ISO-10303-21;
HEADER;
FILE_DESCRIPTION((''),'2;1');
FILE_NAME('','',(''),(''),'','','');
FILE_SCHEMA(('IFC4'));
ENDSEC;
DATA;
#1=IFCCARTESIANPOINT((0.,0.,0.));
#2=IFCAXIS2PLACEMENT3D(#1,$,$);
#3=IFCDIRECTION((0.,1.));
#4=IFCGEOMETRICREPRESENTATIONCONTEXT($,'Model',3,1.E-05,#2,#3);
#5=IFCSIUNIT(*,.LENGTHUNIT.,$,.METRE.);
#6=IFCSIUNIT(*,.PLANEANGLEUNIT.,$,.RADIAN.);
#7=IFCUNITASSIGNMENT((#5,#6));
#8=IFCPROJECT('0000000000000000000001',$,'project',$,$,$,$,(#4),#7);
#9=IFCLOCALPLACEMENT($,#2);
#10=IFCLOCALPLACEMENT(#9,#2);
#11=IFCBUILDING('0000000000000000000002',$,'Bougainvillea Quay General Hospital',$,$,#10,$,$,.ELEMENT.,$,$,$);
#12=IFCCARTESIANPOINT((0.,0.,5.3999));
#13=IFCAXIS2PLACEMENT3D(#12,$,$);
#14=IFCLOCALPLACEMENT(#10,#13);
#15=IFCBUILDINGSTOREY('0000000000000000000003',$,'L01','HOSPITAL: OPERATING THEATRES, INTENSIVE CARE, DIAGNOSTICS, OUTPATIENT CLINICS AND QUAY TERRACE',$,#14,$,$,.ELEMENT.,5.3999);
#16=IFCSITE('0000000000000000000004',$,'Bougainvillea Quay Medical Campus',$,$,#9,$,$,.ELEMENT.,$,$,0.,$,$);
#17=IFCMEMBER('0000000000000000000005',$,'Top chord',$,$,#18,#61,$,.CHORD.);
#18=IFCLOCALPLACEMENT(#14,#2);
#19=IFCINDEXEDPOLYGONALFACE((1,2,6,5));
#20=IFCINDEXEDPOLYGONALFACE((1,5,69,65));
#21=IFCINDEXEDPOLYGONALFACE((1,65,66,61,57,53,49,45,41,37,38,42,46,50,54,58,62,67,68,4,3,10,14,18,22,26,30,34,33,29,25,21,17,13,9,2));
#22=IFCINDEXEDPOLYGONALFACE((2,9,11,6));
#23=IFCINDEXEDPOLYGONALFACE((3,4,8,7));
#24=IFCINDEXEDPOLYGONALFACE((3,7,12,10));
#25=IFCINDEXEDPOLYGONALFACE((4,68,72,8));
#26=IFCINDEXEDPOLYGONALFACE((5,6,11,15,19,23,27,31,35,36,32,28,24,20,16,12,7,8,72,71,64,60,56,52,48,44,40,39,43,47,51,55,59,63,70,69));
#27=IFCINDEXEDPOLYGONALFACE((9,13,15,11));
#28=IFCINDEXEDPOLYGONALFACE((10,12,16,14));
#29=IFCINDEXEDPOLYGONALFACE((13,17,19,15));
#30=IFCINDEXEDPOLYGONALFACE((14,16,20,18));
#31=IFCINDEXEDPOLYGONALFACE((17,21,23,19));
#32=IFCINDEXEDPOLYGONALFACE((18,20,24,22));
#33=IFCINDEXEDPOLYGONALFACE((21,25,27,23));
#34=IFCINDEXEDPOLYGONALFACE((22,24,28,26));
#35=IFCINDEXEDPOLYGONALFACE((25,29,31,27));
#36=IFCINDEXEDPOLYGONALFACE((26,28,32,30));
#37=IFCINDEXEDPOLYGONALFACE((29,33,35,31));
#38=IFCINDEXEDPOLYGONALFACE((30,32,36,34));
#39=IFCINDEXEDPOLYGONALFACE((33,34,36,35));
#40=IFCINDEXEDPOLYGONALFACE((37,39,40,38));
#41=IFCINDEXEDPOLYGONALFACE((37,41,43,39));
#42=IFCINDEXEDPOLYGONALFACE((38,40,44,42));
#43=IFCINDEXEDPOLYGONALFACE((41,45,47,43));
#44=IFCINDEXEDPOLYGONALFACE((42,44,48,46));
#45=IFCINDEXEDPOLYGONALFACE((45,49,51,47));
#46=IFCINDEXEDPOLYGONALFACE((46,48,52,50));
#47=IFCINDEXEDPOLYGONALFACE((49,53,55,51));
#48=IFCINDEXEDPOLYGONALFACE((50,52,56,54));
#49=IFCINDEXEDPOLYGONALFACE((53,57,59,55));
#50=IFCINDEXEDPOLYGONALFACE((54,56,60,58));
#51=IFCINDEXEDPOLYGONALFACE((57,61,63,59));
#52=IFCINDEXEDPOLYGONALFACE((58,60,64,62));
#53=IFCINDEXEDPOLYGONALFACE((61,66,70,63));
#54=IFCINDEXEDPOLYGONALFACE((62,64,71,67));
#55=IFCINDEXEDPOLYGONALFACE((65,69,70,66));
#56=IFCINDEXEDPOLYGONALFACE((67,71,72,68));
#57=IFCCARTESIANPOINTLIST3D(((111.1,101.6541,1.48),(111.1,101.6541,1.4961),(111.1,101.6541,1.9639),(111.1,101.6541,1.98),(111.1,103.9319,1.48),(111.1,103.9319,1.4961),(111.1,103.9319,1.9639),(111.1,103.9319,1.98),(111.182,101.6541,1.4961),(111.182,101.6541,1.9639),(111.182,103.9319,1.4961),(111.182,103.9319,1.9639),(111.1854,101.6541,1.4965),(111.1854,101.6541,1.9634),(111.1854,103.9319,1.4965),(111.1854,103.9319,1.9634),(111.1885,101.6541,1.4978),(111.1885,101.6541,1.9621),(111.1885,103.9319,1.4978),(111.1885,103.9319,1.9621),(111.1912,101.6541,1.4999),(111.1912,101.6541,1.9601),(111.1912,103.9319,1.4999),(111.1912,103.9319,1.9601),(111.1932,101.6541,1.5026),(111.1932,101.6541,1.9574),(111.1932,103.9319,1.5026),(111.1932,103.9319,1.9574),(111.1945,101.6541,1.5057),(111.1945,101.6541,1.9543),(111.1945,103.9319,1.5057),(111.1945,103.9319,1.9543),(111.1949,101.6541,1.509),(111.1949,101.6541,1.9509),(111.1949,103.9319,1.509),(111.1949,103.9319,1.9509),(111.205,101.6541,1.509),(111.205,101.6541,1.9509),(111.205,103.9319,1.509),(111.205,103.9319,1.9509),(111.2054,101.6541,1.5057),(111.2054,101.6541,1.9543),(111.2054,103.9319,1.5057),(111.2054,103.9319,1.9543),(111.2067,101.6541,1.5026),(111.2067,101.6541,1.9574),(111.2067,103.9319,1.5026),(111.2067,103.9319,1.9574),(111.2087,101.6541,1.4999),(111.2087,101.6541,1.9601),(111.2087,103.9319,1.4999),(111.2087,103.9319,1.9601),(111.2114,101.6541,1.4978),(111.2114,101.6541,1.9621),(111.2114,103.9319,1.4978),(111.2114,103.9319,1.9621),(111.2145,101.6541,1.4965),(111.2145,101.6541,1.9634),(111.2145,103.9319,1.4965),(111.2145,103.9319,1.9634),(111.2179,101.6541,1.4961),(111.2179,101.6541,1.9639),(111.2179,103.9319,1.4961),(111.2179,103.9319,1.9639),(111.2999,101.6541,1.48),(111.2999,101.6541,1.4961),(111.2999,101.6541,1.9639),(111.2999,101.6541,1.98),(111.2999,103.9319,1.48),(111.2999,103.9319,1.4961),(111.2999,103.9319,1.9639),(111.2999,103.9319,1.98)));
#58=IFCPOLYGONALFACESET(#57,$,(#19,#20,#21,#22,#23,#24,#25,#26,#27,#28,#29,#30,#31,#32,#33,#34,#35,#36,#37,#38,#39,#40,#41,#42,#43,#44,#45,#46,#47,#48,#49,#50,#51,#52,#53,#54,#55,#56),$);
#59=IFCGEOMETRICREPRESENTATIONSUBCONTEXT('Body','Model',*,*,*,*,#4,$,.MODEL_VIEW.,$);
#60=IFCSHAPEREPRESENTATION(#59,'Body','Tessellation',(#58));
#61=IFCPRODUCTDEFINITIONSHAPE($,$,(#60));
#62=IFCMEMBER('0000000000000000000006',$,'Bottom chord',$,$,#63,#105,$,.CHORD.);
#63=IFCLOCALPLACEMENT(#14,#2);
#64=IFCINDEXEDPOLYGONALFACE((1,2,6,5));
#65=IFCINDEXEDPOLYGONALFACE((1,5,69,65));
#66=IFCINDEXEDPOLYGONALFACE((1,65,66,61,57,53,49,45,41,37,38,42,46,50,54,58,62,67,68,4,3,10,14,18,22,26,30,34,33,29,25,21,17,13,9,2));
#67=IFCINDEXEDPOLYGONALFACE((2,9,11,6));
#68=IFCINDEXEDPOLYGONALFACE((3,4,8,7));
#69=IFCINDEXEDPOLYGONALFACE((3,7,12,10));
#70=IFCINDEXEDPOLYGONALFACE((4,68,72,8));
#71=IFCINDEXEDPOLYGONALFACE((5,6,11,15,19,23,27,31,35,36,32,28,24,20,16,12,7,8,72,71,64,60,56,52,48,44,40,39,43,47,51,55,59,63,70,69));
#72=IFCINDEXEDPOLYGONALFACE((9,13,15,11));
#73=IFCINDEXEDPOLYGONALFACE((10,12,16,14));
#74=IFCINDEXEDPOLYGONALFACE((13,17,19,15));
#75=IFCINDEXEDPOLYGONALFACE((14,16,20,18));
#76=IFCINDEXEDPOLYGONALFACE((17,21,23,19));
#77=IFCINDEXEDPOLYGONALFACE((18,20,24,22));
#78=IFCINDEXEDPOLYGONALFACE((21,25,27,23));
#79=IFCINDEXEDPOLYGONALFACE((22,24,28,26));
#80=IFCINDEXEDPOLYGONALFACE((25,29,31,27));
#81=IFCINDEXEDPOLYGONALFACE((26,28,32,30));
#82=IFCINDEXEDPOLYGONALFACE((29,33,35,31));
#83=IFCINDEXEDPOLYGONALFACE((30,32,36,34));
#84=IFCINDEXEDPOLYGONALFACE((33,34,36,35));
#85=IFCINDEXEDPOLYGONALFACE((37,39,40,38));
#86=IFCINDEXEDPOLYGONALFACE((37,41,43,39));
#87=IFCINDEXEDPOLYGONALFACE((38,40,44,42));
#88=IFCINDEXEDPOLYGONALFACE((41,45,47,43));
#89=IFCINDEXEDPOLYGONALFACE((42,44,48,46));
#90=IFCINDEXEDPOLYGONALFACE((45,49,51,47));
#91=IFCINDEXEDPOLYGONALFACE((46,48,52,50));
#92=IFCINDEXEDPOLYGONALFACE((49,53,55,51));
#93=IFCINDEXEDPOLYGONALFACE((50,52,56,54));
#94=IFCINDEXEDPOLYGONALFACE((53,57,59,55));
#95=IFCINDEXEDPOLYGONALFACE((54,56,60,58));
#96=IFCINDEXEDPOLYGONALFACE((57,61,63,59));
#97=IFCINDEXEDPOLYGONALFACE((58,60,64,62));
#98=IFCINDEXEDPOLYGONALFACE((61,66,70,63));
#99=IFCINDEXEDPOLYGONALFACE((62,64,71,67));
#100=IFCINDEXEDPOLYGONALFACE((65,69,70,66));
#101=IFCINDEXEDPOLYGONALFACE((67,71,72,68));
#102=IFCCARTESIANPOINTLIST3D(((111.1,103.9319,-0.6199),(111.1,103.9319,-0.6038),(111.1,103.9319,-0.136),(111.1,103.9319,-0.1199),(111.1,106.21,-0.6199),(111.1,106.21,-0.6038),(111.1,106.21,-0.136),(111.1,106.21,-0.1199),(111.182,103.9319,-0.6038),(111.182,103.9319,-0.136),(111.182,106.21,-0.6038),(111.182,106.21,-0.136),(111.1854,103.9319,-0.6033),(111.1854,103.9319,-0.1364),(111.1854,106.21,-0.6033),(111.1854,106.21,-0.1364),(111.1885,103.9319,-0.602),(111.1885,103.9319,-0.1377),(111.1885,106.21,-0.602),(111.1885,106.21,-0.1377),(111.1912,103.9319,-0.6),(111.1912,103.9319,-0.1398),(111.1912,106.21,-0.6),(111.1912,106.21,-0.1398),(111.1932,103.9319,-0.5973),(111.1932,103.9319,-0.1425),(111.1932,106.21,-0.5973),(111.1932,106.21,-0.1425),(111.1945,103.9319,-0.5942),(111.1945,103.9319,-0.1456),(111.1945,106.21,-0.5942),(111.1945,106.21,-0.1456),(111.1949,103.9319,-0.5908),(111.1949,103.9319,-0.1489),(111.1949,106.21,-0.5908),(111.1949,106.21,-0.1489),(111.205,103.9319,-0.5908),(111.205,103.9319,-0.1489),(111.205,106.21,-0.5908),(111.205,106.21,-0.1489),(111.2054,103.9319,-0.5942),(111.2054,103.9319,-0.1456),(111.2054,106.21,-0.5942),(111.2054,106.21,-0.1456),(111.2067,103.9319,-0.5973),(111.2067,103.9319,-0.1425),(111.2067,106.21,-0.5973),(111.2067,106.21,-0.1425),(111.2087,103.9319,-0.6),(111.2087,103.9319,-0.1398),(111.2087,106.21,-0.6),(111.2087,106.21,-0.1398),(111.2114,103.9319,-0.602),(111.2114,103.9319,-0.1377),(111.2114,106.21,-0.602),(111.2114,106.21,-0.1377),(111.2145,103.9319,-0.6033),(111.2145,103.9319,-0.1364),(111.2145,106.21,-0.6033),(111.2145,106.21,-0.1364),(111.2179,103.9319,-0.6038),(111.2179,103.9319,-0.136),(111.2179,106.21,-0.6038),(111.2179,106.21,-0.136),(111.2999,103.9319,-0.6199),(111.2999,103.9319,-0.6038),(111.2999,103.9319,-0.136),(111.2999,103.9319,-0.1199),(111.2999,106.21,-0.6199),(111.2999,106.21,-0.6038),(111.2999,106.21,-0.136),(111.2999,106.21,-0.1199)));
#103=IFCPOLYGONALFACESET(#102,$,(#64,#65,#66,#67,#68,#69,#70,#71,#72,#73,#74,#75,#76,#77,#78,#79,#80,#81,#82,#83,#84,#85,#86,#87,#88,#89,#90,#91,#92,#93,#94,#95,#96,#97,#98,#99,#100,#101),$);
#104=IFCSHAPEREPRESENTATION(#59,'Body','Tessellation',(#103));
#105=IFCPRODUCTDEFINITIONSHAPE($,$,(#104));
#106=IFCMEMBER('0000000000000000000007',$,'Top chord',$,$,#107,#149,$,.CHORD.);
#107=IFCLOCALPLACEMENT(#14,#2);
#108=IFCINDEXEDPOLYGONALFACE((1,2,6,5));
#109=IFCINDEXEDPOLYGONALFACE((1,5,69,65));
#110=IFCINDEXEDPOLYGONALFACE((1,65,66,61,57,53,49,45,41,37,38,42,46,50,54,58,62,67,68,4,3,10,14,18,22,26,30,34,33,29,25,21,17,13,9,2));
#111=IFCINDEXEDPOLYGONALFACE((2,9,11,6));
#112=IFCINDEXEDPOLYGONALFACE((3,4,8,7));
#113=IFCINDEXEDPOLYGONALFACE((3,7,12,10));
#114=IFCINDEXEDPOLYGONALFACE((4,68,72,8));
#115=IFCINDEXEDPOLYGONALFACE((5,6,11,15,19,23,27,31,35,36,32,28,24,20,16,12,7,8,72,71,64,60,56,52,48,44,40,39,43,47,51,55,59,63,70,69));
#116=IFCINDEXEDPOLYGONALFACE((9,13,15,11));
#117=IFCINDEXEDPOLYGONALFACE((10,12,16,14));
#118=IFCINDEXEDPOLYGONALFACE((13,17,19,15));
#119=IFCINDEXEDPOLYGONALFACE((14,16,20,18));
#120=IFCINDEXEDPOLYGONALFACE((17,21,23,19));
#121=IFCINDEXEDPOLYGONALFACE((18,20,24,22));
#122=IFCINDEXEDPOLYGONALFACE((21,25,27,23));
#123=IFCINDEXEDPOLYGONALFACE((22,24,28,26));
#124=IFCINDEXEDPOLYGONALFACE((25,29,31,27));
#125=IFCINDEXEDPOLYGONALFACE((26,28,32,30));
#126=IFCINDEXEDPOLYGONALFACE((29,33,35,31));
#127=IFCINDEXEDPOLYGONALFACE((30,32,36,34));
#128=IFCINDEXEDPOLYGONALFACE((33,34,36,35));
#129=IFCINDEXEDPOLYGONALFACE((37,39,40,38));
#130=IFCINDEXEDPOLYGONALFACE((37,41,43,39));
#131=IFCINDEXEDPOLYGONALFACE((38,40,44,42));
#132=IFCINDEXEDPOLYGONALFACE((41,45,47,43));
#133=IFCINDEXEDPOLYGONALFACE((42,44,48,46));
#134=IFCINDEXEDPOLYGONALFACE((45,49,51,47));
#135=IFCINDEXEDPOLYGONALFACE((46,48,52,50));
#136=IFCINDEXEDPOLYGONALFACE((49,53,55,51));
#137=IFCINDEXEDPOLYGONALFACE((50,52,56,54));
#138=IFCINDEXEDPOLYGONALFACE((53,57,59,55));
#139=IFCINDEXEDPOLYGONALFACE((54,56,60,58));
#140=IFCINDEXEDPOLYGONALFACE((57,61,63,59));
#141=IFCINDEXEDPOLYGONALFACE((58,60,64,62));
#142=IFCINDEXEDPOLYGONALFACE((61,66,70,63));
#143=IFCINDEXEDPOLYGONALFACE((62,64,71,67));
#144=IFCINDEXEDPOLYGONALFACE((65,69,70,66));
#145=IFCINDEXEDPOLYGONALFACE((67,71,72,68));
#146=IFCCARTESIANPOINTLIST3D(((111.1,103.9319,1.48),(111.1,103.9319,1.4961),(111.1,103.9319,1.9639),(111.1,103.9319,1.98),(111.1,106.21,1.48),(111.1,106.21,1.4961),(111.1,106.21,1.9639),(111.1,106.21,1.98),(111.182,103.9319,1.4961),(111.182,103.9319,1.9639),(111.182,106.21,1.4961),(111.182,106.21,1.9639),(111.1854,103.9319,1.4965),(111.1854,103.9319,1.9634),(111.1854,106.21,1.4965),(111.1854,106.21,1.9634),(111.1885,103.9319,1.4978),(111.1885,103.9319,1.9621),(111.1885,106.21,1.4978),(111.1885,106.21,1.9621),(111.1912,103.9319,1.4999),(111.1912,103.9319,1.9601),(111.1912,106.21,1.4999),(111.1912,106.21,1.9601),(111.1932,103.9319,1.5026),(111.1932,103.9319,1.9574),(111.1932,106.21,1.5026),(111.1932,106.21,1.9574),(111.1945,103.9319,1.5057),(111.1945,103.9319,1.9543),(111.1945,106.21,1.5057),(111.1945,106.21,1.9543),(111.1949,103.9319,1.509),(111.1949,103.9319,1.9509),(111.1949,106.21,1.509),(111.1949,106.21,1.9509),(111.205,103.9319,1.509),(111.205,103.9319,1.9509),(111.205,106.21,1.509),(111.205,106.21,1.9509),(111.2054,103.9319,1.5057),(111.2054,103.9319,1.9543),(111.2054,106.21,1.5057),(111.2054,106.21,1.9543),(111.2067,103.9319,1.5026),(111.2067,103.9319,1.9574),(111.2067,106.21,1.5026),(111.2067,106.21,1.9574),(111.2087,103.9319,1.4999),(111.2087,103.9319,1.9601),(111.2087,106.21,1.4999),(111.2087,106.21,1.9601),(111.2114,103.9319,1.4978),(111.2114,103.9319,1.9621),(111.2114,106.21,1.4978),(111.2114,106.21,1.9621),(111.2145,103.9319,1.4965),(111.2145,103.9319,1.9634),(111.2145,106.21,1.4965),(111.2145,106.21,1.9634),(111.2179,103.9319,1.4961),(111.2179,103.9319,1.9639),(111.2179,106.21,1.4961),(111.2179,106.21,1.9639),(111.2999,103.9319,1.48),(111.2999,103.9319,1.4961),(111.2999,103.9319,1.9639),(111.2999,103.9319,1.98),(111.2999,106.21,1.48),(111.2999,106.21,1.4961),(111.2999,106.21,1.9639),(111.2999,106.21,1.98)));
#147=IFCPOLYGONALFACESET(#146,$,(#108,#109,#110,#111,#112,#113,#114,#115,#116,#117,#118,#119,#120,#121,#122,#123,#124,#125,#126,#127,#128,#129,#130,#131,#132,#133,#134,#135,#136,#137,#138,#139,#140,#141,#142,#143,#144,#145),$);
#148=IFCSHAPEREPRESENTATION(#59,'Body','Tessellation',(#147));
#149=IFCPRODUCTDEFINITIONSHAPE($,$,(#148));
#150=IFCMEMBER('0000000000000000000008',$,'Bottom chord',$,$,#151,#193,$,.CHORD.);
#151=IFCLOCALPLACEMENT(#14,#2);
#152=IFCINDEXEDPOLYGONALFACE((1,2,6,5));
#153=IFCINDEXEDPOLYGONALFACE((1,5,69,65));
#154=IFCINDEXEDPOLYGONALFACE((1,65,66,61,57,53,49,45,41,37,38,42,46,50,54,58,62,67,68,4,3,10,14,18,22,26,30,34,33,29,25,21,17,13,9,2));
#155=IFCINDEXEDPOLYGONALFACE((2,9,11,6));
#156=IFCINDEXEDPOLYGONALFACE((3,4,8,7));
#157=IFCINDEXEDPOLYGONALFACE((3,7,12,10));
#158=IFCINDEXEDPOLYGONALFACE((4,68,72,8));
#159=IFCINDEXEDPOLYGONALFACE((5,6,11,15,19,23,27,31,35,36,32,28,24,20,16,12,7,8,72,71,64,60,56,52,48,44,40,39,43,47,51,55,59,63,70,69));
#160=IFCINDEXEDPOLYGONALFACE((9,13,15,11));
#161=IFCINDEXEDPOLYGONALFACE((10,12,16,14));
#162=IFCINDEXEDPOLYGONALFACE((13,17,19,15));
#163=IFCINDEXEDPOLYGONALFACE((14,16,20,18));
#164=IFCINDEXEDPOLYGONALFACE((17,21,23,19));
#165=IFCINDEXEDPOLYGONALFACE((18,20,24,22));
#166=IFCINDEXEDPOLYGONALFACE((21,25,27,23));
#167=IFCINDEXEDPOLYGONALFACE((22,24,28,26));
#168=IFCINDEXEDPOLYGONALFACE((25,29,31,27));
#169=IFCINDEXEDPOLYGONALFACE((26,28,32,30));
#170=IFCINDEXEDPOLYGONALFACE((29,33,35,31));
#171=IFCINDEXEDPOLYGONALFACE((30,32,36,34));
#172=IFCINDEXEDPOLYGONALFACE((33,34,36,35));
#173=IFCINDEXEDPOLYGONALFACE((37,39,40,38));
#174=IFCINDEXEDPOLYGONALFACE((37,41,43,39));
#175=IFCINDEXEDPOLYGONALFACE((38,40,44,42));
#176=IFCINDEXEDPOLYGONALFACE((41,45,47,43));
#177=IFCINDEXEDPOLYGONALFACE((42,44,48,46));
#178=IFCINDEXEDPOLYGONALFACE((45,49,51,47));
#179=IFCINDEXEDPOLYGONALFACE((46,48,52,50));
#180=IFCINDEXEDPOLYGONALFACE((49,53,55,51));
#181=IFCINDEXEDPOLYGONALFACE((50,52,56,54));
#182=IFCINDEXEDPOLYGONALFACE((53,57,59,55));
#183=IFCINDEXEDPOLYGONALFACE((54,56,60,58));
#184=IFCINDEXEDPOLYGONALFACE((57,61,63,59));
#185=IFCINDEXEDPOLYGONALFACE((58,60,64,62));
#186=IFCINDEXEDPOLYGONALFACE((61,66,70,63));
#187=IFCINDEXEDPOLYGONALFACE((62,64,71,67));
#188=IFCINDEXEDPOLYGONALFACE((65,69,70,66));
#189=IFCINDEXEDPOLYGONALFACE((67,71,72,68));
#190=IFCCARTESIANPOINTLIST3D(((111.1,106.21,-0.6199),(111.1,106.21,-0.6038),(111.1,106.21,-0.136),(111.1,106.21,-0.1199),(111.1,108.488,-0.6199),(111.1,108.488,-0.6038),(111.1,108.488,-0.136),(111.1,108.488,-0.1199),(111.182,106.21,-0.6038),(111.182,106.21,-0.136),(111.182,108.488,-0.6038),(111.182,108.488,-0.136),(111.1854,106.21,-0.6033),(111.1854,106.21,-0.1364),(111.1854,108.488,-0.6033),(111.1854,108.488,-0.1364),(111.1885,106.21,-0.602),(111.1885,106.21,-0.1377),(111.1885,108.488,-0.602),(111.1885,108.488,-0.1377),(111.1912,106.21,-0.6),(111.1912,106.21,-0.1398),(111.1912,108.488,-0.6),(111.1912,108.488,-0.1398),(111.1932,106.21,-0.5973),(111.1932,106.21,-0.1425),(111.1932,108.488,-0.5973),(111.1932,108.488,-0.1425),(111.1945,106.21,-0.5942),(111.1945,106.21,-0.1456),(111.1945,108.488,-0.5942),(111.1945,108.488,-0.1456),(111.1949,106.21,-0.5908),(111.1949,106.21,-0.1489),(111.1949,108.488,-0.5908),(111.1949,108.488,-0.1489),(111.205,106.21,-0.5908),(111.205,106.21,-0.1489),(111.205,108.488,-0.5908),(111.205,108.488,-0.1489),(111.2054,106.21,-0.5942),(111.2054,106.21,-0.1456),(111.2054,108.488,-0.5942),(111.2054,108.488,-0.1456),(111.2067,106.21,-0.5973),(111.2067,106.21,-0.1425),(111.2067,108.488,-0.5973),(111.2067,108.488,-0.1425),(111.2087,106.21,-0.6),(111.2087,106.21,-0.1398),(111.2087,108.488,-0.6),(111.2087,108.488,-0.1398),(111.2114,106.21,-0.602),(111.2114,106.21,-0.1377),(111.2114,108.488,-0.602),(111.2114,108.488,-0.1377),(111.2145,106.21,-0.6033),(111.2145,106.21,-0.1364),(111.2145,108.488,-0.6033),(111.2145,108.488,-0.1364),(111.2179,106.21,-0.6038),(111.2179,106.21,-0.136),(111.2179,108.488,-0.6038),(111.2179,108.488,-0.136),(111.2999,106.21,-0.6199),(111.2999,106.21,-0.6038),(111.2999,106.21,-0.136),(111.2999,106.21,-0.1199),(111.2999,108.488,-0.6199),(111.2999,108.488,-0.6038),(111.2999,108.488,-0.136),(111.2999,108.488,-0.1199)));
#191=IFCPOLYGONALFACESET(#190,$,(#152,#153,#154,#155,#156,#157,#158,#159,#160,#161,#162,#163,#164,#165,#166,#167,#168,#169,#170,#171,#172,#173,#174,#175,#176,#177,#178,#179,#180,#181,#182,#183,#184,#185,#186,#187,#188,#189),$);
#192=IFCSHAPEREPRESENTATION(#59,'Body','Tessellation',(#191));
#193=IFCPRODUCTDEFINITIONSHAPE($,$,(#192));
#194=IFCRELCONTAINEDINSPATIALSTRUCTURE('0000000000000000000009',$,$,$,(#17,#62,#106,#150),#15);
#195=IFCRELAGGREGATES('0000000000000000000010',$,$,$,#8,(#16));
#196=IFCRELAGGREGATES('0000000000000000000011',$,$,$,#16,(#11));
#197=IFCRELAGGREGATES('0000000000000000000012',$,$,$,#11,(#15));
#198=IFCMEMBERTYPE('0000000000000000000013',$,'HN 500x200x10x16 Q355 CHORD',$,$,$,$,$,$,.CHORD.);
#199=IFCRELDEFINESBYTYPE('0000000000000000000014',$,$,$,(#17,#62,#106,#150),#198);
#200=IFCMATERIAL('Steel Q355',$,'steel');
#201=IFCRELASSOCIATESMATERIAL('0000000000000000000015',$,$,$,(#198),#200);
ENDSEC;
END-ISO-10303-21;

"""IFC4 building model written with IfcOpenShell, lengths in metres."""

from ifc_helpers import new_model, si_unit, direction, frame, origin, origin_2d, place, context, subcontext, project, spatial, i_section, extrude, material, material_profile, profile_set, type_object, element, save


model = new_model("IFC4")

# Units and contexts
model_context = context("Model", 3, precision=1e-05, world=origin(), true_north=direction((0.0, 1.0)))
body_context = subcontext(model_context, "Body", "Model", "MODEL_VIEW")
ifc_project = project(units=[si_unit("LENGTHUNIT", "METRE"), si_unit("PLANEANGLEUNIT", "RADIAN")], contexts=[model_context])

# Site, building, storey
site_placement = place(None, origin())
site = spatial("IfcSite", under=ifc_project, at=site_placement, Name="Bougainvillea Quay Medical Campus", CompositionType="ELEMENT", RefElevation=0.0)
building_placement = place(site_placement, origin())
building = spatial("IfcBuilding", under=site, at=building_placement, Name="Bougainvillea Quay General Hospital", CompositionType="ELEMENT")
storey_placement = place(building_placement, frame((0.0, 0.0, 5.3999)))
storey = spatial("IfcBuildingStorey", under=building, at=storey_placement, Name="L01", Description="HOSPITAL: OPERATING THEATRES, INTENSIVE CARE, DIAGNOSTICS, OUTPATIENT CLINICS AND QUAY TERRACE", CompositionType="ELEMENT", Elevation=5.3999)

# Members
ifc_material = material(Name="Steel Q355", Category="steel")
ifc_material_profile_1 = material_profile(ifc_material, i_section(OverallWidth=0.2, OverallDepth=0.5, WebThickness=0.01, FlangeThickness=0.0161, FilletRadius=0.0129, at=origin_2d()))
ifc_profile_set_1 = profile_set([ifc_material_profile_1], Name="Steel Q355")
member_type_1 = type_object("IfcMemberType", Name="HN 500x200x10x16 Q355 CHORD", PredefinedType="CHORD", material=ifc_profile_set_1)
for number, where, z_axis, x_axis, name in (
    (1, (111.2, 101.6541, 1.73), (0.0, 1.0, 0.0), (-1.0, 0.0, 0.0), "Top chord"),
):
    element("IfcMember", number, at=place(storey_placement, frame(where, z_axis=z_axis, x_axis=x_axis)), inside=storey, type_object=member_type_1, Name=name, PredefinedType="CHORD", context=body_context, shape_type="SweptSolid", body=[
        extrude(i_section(OverallWidth=0.2, OverallDepth=0.5, WebThickness=0.01, FlangeThickness=0.0161, FilletRadius=0.0129, at=origin_2d()), origin(), (0.0, 0.0, 1.0), 2.2778),
    ])
for number, where, z_axis, x_axis, name in (
    (2, (111.2, 103.9319, -0.3699), (0.0, 1.0, 0.0), (-1.0, 0.0, 0.0), "Bottom chord"),
    (3, (111.2, 103.9319, 1.73), (0.0, 1.0, 0.0), (-1.0, 0.0, 0.0), "Top chord"),
    (4, (111.2, 106.21, -0.3699), (0.0, 1.0, 0.0), (-1.0, 0.0, 0.0), "Bottom chord"),
):
    element("IfcMember", number, at=place(storey_placement, frame(where, z_axis=z_axis, x_axis=x_axis)), inside=storey, type_object=member_type_1, Name=name, PredefinedType="CHORD", context=body_context, shape_type="SweptSolid", body=[
        extrude(i_section(OverallWidth=0.2, OverallDepth=0.5, WebThickness=0.01, FlangeThickness=0.0161, FilletRadius=0.0129, at=origin_2d()), origin(), (0.0, 0.0, 1.0), 2.2781),
    ])

save(model, "model.ifc")
